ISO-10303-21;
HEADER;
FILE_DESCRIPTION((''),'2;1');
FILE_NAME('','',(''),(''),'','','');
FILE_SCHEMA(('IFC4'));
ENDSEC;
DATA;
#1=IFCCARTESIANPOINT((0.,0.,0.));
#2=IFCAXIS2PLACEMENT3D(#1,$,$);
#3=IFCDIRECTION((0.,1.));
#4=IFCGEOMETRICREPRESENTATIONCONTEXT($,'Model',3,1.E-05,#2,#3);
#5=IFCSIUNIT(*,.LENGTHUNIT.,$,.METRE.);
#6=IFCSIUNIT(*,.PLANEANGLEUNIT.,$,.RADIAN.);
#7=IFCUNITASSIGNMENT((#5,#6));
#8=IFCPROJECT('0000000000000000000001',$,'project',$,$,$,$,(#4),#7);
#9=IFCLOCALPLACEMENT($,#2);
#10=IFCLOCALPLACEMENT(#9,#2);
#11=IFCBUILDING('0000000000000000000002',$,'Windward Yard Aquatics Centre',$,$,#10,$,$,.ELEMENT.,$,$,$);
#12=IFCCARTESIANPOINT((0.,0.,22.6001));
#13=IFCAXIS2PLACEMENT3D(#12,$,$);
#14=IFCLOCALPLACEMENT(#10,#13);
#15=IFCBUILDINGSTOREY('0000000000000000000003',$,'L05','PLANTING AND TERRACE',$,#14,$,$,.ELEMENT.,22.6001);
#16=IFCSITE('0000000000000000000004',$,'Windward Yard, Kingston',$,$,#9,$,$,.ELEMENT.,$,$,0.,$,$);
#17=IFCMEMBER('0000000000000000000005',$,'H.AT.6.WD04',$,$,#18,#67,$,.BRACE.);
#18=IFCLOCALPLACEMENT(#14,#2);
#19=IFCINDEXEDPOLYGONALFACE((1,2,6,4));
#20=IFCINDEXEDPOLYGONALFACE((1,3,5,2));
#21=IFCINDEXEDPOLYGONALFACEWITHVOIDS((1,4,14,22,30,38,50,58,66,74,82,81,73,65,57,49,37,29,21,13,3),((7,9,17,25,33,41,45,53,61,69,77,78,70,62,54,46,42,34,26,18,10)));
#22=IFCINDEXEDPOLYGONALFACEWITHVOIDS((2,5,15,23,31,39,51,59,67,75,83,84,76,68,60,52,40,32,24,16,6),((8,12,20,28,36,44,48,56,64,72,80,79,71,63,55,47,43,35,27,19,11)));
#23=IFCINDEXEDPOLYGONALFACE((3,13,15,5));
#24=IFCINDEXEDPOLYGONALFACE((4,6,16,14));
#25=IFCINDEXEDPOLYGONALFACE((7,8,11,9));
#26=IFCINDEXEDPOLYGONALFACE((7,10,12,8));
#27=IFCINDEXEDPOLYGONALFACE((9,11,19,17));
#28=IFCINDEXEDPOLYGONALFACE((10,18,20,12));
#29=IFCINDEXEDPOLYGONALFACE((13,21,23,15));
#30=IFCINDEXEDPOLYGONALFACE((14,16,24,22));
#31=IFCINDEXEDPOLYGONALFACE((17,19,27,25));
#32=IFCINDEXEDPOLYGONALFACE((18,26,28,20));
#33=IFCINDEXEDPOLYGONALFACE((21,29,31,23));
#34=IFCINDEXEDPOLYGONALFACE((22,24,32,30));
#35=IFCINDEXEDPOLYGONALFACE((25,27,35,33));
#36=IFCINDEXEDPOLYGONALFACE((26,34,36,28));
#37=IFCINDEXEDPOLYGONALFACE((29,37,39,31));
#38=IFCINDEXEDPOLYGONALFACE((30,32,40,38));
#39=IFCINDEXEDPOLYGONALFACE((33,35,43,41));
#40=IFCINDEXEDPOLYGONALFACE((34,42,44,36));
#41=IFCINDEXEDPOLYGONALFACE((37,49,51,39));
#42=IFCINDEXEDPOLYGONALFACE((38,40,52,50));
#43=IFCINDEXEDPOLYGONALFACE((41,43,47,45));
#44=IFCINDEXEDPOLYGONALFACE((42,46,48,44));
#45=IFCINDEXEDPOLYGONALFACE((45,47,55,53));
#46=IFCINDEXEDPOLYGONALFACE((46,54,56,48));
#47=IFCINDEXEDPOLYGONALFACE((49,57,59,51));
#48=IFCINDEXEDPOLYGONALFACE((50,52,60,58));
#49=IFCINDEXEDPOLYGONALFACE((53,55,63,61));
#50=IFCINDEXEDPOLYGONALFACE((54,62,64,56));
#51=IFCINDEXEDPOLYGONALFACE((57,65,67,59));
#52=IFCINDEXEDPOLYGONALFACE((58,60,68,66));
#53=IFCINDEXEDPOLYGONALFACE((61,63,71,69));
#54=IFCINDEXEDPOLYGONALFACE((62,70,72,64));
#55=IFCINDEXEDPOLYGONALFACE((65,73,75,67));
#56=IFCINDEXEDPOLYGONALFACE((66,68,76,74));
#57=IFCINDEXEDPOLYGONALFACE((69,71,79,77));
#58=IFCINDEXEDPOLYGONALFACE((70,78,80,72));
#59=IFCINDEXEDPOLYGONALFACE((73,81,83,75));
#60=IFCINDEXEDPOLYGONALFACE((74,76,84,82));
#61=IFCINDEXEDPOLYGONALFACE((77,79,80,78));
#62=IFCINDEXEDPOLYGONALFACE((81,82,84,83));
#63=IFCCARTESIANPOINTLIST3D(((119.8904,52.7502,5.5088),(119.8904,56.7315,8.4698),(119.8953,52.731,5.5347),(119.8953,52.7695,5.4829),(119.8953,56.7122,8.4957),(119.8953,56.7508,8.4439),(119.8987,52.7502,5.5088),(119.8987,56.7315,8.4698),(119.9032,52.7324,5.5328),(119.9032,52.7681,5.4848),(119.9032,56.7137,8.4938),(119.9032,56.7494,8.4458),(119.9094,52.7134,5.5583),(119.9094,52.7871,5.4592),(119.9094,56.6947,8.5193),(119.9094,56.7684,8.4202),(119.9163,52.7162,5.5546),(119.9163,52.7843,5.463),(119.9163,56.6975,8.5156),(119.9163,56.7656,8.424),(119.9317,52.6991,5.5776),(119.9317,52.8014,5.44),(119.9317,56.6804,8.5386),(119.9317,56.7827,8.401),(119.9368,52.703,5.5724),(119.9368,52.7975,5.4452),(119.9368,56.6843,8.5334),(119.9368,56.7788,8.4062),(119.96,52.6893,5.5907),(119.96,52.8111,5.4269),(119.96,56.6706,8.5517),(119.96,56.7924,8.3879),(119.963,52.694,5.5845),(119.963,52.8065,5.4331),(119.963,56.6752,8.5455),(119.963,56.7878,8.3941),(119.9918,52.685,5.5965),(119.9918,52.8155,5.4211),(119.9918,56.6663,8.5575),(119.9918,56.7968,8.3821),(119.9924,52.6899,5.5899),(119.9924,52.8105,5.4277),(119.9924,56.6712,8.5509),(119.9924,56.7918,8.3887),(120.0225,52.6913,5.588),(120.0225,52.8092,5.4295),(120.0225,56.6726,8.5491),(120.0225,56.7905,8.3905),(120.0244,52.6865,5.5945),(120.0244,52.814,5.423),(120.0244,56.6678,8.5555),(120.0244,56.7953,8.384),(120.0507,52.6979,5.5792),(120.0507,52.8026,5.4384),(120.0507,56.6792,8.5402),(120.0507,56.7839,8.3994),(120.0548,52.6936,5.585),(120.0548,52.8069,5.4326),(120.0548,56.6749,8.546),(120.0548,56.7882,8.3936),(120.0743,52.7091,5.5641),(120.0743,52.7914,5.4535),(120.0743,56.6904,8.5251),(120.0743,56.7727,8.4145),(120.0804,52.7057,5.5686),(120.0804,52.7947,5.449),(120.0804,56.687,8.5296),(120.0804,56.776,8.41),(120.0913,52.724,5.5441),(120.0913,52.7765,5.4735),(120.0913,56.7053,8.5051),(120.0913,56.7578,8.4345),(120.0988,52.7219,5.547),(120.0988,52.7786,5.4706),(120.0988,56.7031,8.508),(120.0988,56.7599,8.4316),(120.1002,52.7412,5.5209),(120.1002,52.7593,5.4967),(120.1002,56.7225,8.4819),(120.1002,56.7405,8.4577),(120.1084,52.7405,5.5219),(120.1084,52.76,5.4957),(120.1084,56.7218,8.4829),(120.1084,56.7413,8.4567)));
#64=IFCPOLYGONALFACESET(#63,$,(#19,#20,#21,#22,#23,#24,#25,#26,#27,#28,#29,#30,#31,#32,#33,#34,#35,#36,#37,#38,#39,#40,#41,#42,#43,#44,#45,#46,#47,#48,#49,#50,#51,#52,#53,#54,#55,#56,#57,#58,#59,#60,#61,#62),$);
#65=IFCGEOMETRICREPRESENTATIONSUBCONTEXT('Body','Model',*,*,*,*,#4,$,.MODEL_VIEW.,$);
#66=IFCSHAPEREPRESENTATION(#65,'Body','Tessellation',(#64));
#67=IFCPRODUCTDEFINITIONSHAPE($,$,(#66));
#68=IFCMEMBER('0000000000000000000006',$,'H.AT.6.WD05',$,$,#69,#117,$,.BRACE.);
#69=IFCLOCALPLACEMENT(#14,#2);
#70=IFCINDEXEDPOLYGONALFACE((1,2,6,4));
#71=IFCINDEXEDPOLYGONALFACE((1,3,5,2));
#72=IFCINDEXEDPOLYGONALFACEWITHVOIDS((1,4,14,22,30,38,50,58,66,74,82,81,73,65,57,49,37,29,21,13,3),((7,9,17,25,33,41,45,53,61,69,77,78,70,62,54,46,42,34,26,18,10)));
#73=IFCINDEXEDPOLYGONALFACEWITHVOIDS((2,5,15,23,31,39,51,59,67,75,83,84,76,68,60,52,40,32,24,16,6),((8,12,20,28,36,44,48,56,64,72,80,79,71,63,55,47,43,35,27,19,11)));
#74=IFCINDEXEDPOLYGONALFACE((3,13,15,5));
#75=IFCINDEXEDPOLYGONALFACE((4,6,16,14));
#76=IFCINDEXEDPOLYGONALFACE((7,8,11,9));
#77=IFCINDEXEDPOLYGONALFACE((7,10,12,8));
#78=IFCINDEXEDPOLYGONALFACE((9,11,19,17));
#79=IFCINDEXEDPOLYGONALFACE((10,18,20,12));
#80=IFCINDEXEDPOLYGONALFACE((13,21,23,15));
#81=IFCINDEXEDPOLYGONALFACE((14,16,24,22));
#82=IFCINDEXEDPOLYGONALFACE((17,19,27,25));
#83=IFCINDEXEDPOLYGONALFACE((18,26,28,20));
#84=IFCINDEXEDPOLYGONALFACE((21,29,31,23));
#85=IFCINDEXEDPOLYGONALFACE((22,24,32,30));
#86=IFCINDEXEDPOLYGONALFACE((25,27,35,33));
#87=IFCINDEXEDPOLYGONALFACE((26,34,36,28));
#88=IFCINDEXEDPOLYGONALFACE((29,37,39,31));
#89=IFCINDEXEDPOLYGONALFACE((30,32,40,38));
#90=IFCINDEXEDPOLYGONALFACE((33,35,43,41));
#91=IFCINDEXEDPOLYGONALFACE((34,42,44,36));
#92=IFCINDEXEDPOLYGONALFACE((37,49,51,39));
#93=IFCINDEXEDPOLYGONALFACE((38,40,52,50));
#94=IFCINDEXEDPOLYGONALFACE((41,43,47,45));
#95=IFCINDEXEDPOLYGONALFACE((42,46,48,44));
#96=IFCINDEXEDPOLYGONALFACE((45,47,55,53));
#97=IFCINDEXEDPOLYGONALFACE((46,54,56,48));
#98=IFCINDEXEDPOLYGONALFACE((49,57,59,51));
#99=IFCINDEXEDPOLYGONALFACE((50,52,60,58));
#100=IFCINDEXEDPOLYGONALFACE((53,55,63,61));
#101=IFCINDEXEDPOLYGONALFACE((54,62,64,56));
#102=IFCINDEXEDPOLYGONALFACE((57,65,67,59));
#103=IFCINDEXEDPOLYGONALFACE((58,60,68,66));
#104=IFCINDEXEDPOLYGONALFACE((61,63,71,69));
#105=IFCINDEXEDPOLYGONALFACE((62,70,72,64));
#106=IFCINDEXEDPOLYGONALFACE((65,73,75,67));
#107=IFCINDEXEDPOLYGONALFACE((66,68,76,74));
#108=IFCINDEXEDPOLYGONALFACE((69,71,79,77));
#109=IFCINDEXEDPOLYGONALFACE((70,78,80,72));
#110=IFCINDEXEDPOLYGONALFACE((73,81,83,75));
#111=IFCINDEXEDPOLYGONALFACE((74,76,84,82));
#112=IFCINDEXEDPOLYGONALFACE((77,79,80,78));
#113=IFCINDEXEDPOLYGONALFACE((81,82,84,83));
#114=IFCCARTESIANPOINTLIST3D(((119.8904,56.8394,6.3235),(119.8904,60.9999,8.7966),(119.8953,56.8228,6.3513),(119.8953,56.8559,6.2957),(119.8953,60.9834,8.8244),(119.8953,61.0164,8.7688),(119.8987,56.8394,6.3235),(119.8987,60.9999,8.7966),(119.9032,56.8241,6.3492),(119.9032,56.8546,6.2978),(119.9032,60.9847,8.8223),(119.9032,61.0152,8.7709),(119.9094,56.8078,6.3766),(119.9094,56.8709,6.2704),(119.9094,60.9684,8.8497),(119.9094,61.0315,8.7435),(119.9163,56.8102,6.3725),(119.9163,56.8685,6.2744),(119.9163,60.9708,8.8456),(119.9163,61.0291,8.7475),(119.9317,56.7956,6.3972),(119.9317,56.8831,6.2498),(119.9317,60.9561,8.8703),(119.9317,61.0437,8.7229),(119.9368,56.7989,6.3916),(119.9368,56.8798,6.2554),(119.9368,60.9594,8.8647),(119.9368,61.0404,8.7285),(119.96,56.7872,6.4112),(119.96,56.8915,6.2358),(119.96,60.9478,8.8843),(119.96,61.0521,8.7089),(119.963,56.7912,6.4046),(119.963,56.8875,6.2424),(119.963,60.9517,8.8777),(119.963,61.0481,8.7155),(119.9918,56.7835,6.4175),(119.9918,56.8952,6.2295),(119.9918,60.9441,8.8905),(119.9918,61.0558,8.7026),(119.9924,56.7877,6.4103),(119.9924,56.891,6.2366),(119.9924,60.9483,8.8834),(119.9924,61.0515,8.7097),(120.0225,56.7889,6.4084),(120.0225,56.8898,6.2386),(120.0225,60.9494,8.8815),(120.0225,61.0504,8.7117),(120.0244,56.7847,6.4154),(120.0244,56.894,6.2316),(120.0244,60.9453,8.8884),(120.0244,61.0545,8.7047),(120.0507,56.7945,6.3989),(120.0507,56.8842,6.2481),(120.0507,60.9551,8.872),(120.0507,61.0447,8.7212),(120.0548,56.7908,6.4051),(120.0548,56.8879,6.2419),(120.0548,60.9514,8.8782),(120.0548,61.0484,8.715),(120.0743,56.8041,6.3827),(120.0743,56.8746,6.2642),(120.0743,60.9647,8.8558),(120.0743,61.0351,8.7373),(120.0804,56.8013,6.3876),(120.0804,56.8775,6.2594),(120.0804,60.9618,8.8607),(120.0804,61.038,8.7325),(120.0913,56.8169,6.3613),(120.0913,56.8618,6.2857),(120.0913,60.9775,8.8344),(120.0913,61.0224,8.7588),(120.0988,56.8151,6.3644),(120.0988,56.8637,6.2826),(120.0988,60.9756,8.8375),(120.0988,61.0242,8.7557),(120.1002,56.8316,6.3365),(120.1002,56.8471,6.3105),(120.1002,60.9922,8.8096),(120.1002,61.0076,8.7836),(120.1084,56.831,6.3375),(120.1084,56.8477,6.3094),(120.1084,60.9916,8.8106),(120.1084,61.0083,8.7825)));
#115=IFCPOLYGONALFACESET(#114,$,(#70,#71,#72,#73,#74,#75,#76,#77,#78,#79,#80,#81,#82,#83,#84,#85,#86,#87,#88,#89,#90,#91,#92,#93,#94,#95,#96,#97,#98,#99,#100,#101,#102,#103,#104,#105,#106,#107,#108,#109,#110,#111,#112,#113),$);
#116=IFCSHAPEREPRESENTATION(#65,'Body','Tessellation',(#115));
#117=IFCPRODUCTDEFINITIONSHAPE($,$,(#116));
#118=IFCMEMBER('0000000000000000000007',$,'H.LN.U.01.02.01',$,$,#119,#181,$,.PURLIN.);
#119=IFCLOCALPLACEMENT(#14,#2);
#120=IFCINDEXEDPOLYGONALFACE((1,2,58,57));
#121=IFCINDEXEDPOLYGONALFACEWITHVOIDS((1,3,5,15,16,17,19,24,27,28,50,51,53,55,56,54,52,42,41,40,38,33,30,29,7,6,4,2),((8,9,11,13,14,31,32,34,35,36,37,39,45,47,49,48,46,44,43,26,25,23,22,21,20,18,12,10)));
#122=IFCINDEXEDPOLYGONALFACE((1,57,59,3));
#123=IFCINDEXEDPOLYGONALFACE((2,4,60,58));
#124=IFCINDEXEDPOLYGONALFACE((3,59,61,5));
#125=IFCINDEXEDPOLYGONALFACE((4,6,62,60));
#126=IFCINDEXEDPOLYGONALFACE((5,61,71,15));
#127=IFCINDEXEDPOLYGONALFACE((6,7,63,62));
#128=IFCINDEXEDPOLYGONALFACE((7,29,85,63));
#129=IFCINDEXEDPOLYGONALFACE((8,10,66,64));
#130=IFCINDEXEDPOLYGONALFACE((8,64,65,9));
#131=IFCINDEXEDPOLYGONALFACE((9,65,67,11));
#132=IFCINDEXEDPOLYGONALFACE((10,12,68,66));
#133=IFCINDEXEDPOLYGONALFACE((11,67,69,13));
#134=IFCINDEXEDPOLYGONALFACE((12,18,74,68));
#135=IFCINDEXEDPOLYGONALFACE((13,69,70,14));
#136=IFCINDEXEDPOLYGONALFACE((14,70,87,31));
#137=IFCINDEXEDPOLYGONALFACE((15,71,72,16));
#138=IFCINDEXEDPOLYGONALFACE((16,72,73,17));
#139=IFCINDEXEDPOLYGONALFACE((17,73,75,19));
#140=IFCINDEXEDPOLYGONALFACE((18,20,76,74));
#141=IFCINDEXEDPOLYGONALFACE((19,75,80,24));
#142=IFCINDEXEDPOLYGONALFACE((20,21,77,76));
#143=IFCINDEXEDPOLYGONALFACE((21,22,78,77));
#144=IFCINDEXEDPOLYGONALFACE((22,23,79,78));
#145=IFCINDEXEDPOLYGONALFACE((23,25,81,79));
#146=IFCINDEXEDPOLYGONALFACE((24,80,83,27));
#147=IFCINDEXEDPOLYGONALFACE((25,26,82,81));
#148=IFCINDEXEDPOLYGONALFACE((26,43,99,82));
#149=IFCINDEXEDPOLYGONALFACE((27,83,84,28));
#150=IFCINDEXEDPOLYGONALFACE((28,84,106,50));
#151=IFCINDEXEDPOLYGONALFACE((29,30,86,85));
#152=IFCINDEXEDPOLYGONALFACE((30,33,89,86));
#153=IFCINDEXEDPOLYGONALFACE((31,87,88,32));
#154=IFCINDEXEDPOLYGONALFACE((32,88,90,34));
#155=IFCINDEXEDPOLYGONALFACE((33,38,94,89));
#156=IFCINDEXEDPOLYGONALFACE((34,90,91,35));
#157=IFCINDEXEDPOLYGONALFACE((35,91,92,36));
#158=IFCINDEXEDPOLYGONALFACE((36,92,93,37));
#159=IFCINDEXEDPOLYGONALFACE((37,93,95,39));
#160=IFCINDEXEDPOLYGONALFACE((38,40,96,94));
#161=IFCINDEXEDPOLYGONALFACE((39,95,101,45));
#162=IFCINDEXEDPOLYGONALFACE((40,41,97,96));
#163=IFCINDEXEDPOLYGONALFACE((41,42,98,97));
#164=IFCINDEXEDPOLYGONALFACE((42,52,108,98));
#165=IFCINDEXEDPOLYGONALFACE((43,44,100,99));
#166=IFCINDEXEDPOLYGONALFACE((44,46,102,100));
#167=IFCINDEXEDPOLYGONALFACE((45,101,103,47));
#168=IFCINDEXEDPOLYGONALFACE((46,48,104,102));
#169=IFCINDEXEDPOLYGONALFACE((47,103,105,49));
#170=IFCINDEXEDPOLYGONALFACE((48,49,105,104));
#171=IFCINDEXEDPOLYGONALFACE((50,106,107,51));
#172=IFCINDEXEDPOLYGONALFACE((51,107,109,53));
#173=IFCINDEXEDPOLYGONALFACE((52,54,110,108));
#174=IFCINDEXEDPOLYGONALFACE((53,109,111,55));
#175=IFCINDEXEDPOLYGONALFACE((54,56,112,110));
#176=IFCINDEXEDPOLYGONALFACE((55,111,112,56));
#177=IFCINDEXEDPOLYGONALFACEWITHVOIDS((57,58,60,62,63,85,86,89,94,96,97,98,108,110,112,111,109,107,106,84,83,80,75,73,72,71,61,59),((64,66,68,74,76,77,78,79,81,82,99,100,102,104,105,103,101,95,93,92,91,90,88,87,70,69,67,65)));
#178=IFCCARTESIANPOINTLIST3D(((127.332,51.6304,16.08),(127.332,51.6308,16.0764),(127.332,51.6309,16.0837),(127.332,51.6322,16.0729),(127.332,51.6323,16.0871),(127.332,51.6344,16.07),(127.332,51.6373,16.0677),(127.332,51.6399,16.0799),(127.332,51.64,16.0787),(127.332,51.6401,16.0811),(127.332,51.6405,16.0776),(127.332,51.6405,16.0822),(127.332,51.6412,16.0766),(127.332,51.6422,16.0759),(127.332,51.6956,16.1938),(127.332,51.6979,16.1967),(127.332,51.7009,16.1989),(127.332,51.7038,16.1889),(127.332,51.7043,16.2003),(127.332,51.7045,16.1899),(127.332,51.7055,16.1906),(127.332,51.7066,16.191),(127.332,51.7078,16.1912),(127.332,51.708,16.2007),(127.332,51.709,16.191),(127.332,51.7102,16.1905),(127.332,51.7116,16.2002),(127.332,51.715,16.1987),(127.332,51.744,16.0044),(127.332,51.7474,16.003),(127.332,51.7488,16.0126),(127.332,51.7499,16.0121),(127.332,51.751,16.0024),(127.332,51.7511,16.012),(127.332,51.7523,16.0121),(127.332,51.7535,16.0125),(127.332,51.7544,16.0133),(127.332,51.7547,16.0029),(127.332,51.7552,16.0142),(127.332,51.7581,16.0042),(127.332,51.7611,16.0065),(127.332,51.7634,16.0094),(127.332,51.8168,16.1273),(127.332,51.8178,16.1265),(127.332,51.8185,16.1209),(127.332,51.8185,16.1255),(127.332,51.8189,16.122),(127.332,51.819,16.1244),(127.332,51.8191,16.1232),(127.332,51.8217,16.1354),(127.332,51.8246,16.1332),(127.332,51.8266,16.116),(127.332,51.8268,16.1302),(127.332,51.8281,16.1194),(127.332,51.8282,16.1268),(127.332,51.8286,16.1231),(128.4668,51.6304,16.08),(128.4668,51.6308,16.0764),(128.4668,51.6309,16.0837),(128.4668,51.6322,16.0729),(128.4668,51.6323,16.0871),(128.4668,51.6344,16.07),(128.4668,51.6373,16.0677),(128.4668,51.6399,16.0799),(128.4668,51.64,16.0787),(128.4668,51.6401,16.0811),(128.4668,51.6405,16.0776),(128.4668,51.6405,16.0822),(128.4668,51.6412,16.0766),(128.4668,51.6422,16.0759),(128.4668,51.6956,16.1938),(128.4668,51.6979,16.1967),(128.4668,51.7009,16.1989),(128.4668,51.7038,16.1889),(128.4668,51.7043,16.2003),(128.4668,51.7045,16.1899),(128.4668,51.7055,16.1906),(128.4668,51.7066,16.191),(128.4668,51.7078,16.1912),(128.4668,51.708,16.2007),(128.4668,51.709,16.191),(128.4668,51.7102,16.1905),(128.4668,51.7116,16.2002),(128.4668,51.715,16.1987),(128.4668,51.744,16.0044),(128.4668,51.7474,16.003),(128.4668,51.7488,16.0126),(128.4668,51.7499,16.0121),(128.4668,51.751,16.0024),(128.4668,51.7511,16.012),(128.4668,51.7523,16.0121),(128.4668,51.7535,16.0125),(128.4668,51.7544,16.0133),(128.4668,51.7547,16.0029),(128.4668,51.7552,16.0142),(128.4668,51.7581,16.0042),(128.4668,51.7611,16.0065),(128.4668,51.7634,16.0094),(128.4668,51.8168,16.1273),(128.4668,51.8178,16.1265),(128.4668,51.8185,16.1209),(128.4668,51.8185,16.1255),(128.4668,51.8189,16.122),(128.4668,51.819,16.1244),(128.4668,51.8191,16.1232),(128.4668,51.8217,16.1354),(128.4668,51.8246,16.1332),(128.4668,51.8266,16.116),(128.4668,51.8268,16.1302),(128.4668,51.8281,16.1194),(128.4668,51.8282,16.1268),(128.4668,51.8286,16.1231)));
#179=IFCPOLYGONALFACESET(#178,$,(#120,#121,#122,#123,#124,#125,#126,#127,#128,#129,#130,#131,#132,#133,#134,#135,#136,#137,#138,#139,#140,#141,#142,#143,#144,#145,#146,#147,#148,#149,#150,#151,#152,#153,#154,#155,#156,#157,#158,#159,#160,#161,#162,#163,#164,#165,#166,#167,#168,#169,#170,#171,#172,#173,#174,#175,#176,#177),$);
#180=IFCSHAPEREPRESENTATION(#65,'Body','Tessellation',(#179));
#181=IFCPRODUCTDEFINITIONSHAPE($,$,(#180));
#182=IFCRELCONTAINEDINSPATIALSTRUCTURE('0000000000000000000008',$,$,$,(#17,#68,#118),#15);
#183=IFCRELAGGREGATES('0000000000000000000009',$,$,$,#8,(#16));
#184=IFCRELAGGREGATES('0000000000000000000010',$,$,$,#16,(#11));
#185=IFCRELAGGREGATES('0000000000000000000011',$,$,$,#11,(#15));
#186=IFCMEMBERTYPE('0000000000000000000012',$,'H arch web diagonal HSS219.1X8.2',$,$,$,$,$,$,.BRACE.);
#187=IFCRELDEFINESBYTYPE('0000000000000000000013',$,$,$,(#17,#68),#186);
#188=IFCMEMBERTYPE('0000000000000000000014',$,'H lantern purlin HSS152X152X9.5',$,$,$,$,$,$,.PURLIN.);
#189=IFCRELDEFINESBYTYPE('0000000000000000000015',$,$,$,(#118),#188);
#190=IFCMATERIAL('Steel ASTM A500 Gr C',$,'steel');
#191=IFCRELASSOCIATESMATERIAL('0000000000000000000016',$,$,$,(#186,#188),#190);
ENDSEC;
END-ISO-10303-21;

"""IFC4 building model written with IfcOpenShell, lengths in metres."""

from ifc_helpers import new_model, si_unit, direction, frame, origin, origin_2d, place, context, subcontext, project, spatial, hollow_rectangle, hollow_circle, extrude, material, material_profile, profile_set, type_object, element, save


model = new_model("IFC4")

# Units and contexts
model_context = context("Model", 3, precision=1e-05, world=origin(), true_north=direction((0.0, 1.0)))
body_context = subcontext(model_context, "Body", "Model", "MODEL_VIEW")
ifc_project = project(units=[si_unit("LENGTHUNIT", "METRE"), si_unit("PLANEANGLEUNIT", "RADIAN")], contexts=[model_context])

# Site, building, storey
site_placement = place(None, origin())
site = spatial("IfcSite", under=ifc_project, at=site_placement, Name="Windward Yard, Kingston", CompositionType="ELEMENT", RefElevation=0.0)
building_placement = place(site_placement, origin())
building = spatial("IfcBuilding", under=site, at=building_placement, Name="Windward Yard Aquatics Centre", CompositionType="ELEMENT")
storey_placement = place(building_placement, frame((0.0, 0.0, 22.6001)))
storey = spatial("IfcBuildingStorey", under=building, at=storey_placement, Name="L05", Description="PLANTING AND TERRACE", CompositionType="ELEMENT", Elevation=22.6001)

# Members
ifc_material_1 = material(Name="Steel ASTM A500 Gr C", Category="steel")
ifc_material_profile_1 = material_profile(ifc_material_1, hollow_circle(Radius=0.1096, WallThickness=0.0083, at=origin_2d()), Name="HSS219.1X8.2")
ifc_profile_set_1 = profile_set([ifc_material_profile_1], Name="Steel ASTM A500 Gr C")
member_type_1 = type_object("IfcMemberType", Name="H arch web diagonal HSS219.1X8.2", PredefinedType="BRACE", material=ifc_profile_set_1)
member_1_placement = place(storey_placement, frame((120.0, 52.7502, 5.5088), z_axis=(0.0, 0.802409, 0.596775), x_axis=(-1.0, 0.0, 0.0)))
element("IfcMember", 1, at=member_1_placement, inside=storey, type_object=member_type_1, Name="H.AT.6.WD04", PredefinedType="BRACE", context=body_context, shape_type="SweptSolid", body=[
    extrude(hollow_circle(Radius=0.1096, WallThickness=0.0083, at=origin_2d()), origin(), (0.0, 0.0, 1.0), 4.9617),
])
member_2_placement = place(storey_placement, frame((120.0, 56.8394, 6.3235), z_axis=(0.0, 0.859604, 0.510961), x_axis=(-1.0, 0.0, 0.0)))
element("IfcMember", 2, at=member_2_placement, inside=storey, type_object=member_type_1, Name="H.AT.6.WD05", PredefinedType="BRACE", context=body_context, shape_type="SweptSolid", body=[
    extrude(hollow_circle(Radius=0.1096, WallThickness=0.0083, at=origin_2d()), origin(), (0.0, 0.0, 1.0), 4.8401),
])
ifc_material_profile_2 = material_profile(ifc_material_1, hollow_rectangle(XDim=0.1523, YDim=0.1523, WallThickness=0.0095, InnerFilletRadius=0.0046, OuterFilletRadius=0.0142, at=origin_2d()), Name="HSS152X152X9.5")
ifc_profile_set_2 = profile_set([ifc_material_profile_2], Name="Steel ASTM A500 Gr C")
member_type_2 = type_object("IfcMemberType", Name="H lantern purlin HSS152X152X9.5", PredefinedType="PURLIN", material=ifc_profile_set_2)
member_3_placement = place(storey_placement, frame((128.4668, 51.7295, 16.1016), z_axis=(-1.0, 0.0, 0.0), x_axis=(0.0, -0.51012, -0.860103)))
element("IfcMember", 3, at=member_3_placement, inside=storey, type_object=member_type_2, Name="H.LN.U.01.02.01", PredefinedType="PURLIN", context=body_context, shape_type="SweptSolid", body=[
    extrude(hollow_rectangle(XDim=0.1523, YDim=0.1523, WallThickness=0.0095, InnerFilletRadius=0.0046, OuterFilletRadius=0.0142, at=origin_2d()), origin(), (0.0, 0.0, 1.0), 1.1348),
])

save(model, "model.ifc")
